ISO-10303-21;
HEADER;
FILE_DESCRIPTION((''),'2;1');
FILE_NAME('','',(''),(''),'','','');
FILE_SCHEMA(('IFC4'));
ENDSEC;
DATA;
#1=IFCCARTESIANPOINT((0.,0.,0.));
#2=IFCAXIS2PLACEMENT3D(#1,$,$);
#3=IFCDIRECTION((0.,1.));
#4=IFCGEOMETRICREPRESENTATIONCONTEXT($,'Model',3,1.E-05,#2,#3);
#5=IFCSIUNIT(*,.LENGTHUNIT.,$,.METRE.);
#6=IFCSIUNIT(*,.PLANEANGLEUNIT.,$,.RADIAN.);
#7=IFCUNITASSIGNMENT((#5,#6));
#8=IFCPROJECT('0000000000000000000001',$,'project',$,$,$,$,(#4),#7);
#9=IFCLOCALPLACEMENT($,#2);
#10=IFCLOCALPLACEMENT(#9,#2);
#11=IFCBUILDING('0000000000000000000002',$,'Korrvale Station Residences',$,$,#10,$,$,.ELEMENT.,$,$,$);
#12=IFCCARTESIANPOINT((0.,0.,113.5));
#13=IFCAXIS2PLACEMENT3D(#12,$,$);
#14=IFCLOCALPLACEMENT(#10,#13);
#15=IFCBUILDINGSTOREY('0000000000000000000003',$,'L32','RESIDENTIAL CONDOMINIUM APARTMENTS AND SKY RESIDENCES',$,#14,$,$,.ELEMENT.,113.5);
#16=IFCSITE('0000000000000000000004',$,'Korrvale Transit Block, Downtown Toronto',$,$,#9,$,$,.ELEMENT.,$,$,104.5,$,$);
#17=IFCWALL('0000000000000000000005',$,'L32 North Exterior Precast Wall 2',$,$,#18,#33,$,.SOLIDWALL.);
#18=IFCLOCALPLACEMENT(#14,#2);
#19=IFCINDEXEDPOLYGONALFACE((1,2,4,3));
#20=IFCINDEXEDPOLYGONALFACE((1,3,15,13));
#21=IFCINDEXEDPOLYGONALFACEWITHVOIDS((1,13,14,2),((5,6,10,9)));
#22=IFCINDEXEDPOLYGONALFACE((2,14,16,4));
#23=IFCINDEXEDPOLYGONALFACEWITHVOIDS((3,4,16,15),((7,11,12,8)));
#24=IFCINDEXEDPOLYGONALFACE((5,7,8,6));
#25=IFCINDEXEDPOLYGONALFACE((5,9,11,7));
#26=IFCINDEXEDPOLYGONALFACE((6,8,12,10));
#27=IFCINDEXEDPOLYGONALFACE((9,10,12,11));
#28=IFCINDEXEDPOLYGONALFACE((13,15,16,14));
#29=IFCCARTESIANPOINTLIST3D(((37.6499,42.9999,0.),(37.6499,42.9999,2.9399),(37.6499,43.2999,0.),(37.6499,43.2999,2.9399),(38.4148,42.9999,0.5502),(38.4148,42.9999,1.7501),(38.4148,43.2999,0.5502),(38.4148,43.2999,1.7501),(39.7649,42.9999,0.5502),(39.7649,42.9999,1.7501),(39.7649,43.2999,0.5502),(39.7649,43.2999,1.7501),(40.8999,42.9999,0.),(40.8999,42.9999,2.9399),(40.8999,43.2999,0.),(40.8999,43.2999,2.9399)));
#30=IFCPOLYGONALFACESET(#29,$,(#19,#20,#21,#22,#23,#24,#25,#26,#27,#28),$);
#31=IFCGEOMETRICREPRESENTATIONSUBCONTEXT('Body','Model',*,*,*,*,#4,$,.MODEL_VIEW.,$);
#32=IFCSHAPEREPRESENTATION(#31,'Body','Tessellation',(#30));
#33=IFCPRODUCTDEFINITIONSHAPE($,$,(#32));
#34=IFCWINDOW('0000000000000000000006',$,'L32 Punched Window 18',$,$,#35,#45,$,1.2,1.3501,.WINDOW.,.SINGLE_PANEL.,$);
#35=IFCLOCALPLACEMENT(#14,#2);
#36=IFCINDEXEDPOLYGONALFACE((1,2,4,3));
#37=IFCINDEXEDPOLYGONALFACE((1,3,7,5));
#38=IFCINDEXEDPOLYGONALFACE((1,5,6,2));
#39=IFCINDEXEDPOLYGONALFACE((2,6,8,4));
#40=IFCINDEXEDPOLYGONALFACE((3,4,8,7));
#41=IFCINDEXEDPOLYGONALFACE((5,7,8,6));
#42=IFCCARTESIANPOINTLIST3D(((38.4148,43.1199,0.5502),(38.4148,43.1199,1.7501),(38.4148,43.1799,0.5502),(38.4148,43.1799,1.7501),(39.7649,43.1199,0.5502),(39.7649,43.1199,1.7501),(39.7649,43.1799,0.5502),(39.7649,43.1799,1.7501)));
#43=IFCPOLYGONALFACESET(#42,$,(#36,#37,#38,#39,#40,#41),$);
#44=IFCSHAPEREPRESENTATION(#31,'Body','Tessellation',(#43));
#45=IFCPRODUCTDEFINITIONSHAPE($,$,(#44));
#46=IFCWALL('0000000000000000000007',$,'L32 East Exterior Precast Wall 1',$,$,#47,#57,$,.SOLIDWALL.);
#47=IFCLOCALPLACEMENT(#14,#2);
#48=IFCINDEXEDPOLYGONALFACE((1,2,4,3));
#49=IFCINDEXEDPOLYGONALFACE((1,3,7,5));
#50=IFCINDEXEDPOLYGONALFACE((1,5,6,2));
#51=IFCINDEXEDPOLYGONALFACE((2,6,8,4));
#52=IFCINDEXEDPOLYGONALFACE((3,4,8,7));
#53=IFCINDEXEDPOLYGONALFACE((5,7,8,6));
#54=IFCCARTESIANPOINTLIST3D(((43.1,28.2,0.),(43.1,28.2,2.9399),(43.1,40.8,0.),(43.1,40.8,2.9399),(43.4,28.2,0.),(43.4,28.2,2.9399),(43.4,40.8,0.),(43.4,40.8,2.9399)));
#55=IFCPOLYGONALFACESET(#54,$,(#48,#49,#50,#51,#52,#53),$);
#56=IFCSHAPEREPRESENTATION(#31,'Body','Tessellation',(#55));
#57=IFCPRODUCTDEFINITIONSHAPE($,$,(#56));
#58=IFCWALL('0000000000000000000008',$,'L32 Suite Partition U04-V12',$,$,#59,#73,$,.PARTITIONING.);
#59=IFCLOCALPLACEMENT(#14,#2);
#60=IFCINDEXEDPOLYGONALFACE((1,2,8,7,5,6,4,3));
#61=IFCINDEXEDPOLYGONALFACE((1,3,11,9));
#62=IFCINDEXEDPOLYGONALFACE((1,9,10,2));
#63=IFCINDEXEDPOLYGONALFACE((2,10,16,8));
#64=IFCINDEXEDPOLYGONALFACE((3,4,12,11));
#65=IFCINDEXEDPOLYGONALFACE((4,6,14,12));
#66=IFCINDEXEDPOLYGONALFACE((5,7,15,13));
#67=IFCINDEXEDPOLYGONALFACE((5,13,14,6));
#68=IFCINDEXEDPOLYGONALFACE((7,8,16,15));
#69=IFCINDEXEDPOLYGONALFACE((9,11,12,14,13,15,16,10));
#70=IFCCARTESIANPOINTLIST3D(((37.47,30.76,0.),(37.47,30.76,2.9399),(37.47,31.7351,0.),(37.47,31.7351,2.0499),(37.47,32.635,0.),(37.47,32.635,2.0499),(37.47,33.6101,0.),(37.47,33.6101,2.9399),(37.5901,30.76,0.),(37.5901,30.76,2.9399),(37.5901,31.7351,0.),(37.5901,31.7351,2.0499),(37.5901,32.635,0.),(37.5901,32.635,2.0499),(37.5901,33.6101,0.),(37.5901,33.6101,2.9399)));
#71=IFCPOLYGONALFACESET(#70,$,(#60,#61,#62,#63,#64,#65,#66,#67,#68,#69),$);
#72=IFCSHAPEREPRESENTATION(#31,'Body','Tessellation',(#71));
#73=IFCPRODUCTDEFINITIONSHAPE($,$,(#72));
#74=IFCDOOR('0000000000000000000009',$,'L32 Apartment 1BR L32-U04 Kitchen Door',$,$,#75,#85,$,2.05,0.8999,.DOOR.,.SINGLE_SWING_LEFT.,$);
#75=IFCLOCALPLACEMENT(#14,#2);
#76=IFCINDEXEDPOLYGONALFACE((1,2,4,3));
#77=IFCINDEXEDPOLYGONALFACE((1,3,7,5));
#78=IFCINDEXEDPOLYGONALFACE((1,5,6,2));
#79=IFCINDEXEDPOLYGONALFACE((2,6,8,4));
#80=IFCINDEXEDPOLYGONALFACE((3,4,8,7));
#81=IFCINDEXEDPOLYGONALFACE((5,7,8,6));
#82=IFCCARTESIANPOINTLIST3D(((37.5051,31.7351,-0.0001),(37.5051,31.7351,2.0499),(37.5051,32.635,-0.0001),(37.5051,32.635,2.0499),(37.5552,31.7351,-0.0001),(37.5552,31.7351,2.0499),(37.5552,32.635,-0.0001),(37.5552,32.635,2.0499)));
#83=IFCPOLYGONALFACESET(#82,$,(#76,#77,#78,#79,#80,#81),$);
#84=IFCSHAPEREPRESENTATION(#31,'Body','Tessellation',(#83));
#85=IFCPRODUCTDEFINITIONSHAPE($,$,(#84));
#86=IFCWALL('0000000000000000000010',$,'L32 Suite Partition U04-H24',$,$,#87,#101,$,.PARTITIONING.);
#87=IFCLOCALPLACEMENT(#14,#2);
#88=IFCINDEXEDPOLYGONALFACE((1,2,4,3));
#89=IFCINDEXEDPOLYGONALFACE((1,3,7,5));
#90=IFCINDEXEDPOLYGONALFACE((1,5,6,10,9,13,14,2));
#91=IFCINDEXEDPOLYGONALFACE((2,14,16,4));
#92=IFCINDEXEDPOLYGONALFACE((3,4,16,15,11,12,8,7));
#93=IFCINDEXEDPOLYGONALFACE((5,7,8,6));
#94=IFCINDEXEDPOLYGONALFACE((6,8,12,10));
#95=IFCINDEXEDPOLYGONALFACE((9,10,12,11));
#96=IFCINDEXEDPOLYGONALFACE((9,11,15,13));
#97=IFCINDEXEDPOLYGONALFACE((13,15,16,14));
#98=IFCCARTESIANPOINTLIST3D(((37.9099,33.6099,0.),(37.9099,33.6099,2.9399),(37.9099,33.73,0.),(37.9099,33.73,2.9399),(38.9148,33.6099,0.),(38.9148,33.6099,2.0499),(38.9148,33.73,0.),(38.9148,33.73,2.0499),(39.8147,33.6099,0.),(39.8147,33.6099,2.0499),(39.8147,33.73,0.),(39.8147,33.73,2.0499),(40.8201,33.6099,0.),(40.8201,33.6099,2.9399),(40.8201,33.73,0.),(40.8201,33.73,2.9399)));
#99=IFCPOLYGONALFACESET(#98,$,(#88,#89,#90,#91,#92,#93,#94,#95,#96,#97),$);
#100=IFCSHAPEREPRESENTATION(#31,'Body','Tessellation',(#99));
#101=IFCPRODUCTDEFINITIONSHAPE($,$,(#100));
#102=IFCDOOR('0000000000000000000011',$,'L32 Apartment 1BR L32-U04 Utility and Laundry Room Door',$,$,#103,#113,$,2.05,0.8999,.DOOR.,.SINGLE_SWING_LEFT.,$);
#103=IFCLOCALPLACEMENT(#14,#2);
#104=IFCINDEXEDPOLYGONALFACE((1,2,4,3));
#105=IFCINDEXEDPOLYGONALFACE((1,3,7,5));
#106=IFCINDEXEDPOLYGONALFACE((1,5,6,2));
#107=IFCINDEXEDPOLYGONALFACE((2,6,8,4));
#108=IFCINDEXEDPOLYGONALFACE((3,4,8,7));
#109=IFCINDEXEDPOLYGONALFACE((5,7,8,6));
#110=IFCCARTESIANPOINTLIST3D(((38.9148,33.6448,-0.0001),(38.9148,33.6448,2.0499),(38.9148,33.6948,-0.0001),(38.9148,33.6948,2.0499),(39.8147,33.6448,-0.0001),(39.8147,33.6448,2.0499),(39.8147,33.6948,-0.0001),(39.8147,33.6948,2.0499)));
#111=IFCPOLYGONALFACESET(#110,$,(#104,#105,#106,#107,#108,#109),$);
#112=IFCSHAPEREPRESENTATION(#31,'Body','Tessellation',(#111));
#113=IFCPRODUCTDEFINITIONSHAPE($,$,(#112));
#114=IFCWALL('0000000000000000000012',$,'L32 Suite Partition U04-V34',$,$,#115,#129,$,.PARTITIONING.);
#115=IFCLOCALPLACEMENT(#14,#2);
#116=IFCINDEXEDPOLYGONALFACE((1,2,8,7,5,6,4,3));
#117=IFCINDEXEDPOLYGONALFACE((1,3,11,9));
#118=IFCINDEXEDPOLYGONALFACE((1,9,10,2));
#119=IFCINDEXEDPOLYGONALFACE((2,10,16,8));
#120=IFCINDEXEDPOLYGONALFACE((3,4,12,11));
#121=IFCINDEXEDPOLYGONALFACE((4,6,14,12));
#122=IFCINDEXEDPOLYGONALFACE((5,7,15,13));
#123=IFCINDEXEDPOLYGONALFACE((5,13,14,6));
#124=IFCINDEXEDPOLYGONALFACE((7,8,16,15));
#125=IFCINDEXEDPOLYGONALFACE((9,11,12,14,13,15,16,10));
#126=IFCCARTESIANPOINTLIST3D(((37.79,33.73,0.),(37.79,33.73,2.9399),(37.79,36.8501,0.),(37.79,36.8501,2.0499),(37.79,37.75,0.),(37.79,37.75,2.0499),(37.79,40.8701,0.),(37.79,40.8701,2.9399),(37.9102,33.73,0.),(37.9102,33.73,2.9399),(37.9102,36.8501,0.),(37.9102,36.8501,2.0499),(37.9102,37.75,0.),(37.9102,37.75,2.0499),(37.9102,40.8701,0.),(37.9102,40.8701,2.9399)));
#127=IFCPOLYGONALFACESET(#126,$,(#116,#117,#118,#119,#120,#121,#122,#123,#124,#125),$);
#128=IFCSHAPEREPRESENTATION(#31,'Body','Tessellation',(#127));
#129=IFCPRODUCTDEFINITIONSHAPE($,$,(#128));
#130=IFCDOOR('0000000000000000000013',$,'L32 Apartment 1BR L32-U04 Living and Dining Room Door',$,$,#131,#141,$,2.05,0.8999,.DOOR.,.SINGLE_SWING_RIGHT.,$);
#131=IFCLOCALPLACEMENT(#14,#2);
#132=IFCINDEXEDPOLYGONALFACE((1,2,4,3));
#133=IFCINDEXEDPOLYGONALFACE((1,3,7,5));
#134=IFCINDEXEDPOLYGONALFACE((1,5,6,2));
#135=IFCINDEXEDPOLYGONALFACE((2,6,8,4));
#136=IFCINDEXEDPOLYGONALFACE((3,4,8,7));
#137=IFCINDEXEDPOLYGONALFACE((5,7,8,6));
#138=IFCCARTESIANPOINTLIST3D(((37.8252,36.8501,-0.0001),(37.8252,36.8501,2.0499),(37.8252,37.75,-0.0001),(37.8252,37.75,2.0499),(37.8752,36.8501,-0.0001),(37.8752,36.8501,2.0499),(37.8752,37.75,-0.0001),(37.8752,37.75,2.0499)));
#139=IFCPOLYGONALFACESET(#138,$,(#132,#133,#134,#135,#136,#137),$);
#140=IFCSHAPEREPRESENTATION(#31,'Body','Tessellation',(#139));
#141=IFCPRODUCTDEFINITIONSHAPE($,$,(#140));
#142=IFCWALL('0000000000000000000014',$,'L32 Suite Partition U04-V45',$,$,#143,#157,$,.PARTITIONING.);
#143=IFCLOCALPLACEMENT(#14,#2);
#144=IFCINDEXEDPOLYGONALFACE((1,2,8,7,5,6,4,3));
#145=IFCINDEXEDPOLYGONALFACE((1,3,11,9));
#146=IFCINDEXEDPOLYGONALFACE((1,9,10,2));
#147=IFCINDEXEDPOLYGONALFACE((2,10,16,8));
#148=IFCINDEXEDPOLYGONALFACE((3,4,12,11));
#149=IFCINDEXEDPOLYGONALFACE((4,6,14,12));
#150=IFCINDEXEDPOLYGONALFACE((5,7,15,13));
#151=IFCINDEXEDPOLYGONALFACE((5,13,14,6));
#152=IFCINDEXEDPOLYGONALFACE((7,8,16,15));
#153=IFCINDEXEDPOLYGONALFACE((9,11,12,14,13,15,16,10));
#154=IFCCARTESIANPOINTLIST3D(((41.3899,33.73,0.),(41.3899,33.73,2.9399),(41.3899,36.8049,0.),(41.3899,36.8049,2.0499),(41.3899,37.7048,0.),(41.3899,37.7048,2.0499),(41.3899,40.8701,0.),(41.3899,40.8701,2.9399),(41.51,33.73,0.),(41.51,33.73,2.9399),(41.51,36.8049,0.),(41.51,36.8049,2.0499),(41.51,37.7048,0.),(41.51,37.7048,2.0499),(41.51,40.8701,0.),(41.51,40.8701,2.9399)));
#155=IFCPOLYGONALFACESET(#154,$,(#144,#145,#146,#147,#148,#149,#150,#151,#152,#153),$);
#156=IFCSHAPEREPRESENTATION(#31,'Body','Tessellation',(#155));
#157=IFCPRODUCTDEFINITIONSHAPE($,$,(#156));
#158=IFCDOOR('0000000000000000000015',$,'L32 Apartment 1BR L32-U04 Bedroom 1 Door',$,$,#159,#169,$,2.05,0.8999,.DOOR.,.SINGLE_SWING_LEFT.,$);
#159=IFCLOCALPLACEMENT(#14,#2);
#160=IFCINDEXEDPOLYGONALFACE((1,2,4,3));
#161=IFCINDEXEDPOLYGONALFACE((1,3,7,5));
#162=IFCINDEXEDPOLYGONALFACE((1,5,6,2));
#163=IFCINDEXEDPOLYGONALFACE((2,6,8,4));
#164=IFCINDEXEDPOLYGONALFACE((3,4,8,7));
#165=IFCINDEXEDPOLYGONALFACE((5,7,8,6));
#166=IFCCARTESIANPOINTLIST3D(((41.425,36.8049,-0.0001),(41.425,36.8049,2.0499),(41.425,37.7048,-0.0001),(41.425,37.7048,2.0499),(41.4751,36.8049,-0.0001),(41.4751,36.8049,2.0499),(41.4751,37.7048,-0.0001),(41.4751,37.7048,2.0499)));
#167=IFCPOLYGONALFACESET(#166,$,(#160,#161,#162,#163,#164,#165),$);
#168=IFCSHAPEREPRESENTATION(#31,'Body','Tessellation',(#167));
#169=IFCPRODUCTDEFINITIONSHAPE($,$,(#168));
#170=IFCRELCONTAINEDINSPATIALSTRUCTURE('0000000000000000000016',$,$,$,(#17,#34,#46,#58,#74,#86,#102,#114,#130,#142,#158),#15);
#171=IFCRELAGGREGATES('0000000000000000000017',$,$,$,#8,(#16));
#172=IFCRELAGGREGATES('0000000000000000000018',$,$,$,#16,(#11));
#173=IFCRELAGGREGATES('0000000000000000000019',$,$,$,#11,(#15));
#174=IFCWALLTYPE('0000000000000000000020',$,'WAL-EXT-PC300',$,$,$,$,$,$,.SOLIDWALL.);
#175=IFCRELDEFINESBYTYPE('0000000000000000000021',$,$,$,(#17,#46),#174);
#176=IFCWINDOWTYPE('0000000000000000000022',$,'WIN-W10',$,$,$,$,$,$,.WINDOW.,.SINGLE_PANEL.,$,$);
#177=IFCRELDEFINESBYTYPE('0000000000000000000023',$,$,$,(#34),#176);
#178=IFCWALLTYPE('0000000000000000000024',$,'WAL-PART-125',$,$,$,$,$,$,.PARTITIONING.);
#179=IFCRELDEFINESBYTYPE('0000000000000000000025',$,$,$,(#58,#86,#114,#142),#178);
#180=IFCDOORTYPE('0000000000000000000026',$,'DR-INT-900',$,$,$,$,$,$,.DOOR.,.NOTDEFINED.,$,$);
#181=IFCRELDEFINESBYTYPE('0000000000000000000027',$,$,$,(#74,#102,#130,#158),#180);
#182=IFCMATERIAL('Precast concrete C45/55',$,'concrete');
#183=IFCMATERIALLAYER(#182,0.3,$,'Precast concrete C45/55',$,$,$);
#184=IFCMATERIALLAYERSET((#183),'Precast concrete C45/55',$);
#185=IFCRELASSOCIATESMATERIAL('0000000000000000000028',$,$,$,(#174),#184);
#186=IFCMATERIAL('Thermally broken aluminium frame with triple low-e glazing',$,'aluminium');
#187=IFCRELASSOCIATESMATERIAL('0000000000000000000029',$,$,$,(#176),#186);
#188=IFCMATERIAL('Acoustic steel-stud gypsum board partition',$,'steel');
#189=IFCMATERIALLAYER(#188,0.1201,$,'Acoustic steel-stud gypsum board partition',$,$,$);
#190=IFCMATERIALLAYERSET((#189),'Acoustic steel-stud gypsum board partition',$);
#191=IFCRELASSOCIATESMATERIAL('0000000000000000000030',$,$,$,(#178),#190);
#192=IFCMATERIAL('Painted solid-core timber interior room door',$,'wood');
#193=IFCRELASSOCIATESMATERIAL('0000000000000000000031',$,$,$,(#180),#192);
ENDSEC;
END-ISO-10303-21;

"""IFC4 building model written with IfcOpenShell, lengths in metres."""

from ifc_helpers import new_model, si_unit, direction, frame, frame_2d, origin, place, context, subcontext, project, spatial, rectangle, extrude, material, layer, layer_set, type_object, element, fill, save


model = new_model("IFC4")

# Units and contexts
model_context = context("Model", 3, precision=1e-05, world=origin(), true_north=direction((0.0, 1.0)))
body_context = subcontext(model_context, "Body", "Model", "MODEL_VIEW")
ifc_project = project(units=[si_unit("LENGTHUNIT", "METRE"), si_unit("PLANEANGLEUNIT", "RADIAN")], contexts=[model_context])

# Site, building, storey
site_placement = place(None, origin())
site = spatial("IfcSite", under=ifc_project, at=site_placement, Name="Korrvale Transit Block, Downtown Toronto", CompositionType="ELEMENT", RefElevation=104.5)
building_placement = place(site_placement, origin())
building = spatial("IfcBuilding", under=site, at=building_placement, Name="Korrvale Station Residences", CompositionType="ELEMENT")
storey_placement = place(building_placement, frame((0.0, 0.0, 113.5)))
storey = spatial("IfcBuildingStorey", under=building, at=storey_placement, Name="L32", Description="RESIDENTIAL CONDOMINIUM APARTMENTS AND SKY RESIDENCES", CompositionType="ELEMENT", Elevation=113.5)

# Shared definitions
ifc_material_1 = material(Name="Precast concrete C45/55", Category="concrete")

# Wall, opening, window
ifc_layer_1 = layer(ifc_material_1, 0.3, Name="Precast concrete C45/55")
ifc_layer_set_1 = layer_set([ifc_layer_1], Name="Precast concrete C45/55")
wall_type_1 = type_object("IfcWallType", Name="WAL-EXT-PC300", PredefinedType="SOLIDWALL", material=ifc_layer_set_1)
wall_1_placement = place(storey_placement, frame((37.6499, 43.1499, 0.0), z_axis=(0.0, 0.0, 1.0), x_axis=(1.0, 0.0, 0.0)))
wall_1 = element("IfcWall", 1, at=wall_1_placement, inside=storey, type_object=wall_type_1, Name="L32 North Exterior Precast Wall 2", PredefinedType="SOLIDWALL", context=body_context, shape_type="SweptSolid", body=[
    extrude(rectangle(XDim=3.25, YDim=0.3, at=frame_2d((1.625, 0.0))), origin(), (0.0, 0.0, 1.0), 2.9399),
])
opening_1_placement = place(wall_1_placement, frame((0.7649, 0.0, 0.55)))
opening_1 = element("IfcOpeningElement", 2, at=opening_1_placement, cuts=wall_1, PredefinedType="OPENING", context=body_context, shape_type="SweptSolid", body=[
    extrude(rectangle(XDim=1.3501, YDim=1.2, at=frame_2d((0.675, 0.6001))), frame((0.0, 0.1602, 0.0), z_axis=(0.0, -1.0, 0.0), x_axis=(1.0, 0.0, 0.0)), (0.0, 0.0, 1.0), 0.3201),
])
ifc_material_2 = material(Name="Thermally broken aluminium frame with triple low-e glazing", Category="aluminium")
window_type = type_object("IfcWindowType", Name="WIN-W10", PartitioningType="SINGLE_PANEL", PredefinedType="WINDOW", material=ifc_material_2)
window_placement = place(opening_1_placement, origin())
window = element("IfcWindow", 3, at=window_placement, inside=storey, type_object=window_type, Name="L32 Punched Window 18", OverallHeight=1.2, OverallWidth=1.3501, PartitioningType="SINGLE_PANEL", PredefinedType="WINDOW", context=body_context, shape_type="SweptSolid", body=[
    extrude(rectangle(XDim=1.3501, YDim=1.2, at=frame_2d((0.675, 0.6001))), frame((0.0, 0.03, 0.0), z_axis=(0.0, -1.0, 0.0), x_axis=(1.0, 0.0, 0.0)), (0.0, 0.0, 1.0), 0.0601),
])
fill(opening_1, window)

# Wall
wall_2_placement = place(storey_placement, frame((43.25, 40.8, 0.0), z_axis=(0.0, 0.0, 1.0), x_axis=(0.0, -1.0, 0.0)))
element("IfcWall", 4, at=wall_2_placement, inside=storey, type_object=wall_type_1, Name="L32 East Exterior Precast Wall 1", PredefinedType="SOLIDWALL", context=body_context, shape_type="SweptSolid", body=[
    extrude(rectangle(XDim=12.6001, YDim=0.3, at=frame_2d((6.3, 0.0))), origin(), (0.0, 0.0, 1.0), 2.9399),
])

# Walls, openings, doors
ifc_material_3 = material(Name="Acoustic steel-stud gypsum board partition", Category="steel")
ifc_layer_2 = layer(ifc_material_3, 0.1201, Name="Acoustic steel-stud gypsum board partition")
ifc_layer_set_2 = layer_set([ifc_layer_2], Name="Acoustic steel-stud gypsum board partition")
wall_type_2 = type_object("IfcWallType", Name="WAL-PART-125", PredefinedType="PARTITIONING", material=ifc_layer_set_2)
wall_3_placement = place(storey_placement, frame((37.53, 30.76, 0.0), z_axis=(0.0, 0.0, 1.0), x_axis=(0.0, 1.0, 0.0)))
wall_3 = element("IfcWall", 5, at=wall_3_placement, inside=storey, type_object=wall_type_2, Name="L32 Suite Partition U04-V12", PredefinedType="PARTITIONING", context=body_context, shape_type="SweptSolid", body=[
    extrude(rectangle(XDim=2.8501, YDim=0.1201, at=frame_2d((1.425, 0.0))), origin(), (0.0, 0.0, 1.0), 2.9399),
])
opening_2_placement = place(wall_3_placement, frame((0.9751, 0.0, 0.0)))
opening_2 = element("IfcOpeningElement", 6, at=opening_2_placement, cuts=wall_3, PredefinedType="OPENING", context=body_context, shape_type="SweptSolid", body=[
    extrude(rectangle(XDim=0.8999, YDim=2.05, at=frame_2d((0.45, 1.0249))), frame((0.0, 0.0701, 0.0), z_axis=(0.0, -1.0, 0.0), x_axis=(1.0, 0.0, 0.0)), (0.0, 0.0, 1.0), 0.1401),
])
ifc_material_4 = material(Name="Painted solid-core timber interior room door", Category="wood")
door_type = type_object("IfcDoorType", Name="DR-INT-900", OperationType="NOTDEFINED", PredefinedType="DOOR", material=ifc_material_4)
door_1_placement = place(opening_2_placement, origin())
door_1 = element("IfcDoor", 7, at=door_1_placement, inside=storey, type_object=door_type, Name="L32 Apartment 1BR L32-U04 Kitchen Door", OperationType="SINGLE_SWING_LEFT", OverallHeight=2.05, OverallWidth=0.8999, PredefinedType="DOOR", context=body_context, shape_type="SweptSolid", body=[
    extrude(rectangle(XDim=0.8999, YDim=2.05, at=frame_2d((0.45, 1.0249))), frame((0.0, 0.0249, 0.0), z_axis=(0.0, -1.0, 0.0), x_axis=(1.0, 0.0, 0.0)), (0.0, 0.0, 1.0), 0.05),
])
fill(opening_2, door_1)
wall_4_placement = place(storey_placement, frame((37.9099, 33.6699, 0.0), z_axis=(0.0, 0.0, 1.0), x_axis=(1.0, 0.0, 0.0)))
wall_4 = element("IfcWall", 8, at=wall_4_placement, inside=storey, type_object=wall_type_2, Name="L32 Suite Partition U04-H24", PredefinedType="PARTITIONING", context=body_context, shape_type="SweptSolid", body=[
    extrude(rectangle(XDim=2.9102, YDim=0.1201, at=frame_2d((1.4551, 0.0))), origin(), (0.0, 0.0, 1.0), 2.9399),
])
opening_3_placement = place(wall_4_placement, frame((1.0049, 0.0, 0.0)))
opening_3 = element("IfcOpeningElement", 9, at=opening_3_placement, cuts=wall_4, PredefinedType="OPENING", context=body_context, shape_type="SweptSolid", body=[
    extrude(rectangle(XDim=0.8999, YDim=2.05, at=frame_2d((0.45, 1.0249))), frame((0.0, 0.0701, 0.0), z_axis=(0.0, -1.0, 0.0), x_axis=(1.0, 0.0, 0.0)), (0.0, 0.0, 1.0), 0.1401),
])
door_2_placement = place(opening_3_placement, origin())
door_2 = element("IfcDoor", 10, at=door_2_placement, inside=storey, type_object=door_type, Name="L32 Apartment 1BR L32-U04 Utility and Laundry Room Door", OperationType="SINGLE_SWING_LEFT", OverallHeight=2.05, OverallWidth=0.8999, PredefinedType="DOOR", context=body_context, shape_type="SweptSolid", body=[
    extrude(rectangle(XDim=0.8999, YDim=2.05, at=frame_2d((0.45, 1.0249))), frame((0.0, 0.0249, 0.0), z_axis=(0.0, -1.0, 0.0), x_axis=(1.0, 0.0, 0.0)), (0.0, 0.0, 1.0), 0.05),
])
fill(opening_3, door_2)
wall_5_placement = place(storey_placement, frame((37.8501, 33.73, 0.0), z_axis=(0.0, 0.0, 1.0), x_axis=(0.0, 1.0, 0.0)))
wall_5 = element("IfcWall", 11, at=wall_5_placement, inside=storey, type_object=wall_type_2, Name="L32 Suite Partition U04-V34", PredefinedType="PARTITIONING", context=body_context, shape_type="SweptSolid", body=[
    extrude(rectangle(XDim=7.1401, YDim=0.1201, at=frame_2d((3.5701, 0.0))), origin(), (0.0, 0.0, 1.0), 2.9399),
])
opening_4_placement = place(wall_5_placement, frame((3.1201, 0.0, 0.0)))
opening_4 = element("IfcOpeningElement", 12, at=opening_4_placement, cuts=wall_5, PredefinedType="OPENING", context=body_context, shape_type="SweptSolid", body=[
    extrude(rectangle(XDim=0.8999, YDim=2.05, at=frame_2d((0.45, 1.0249))), frame((0.0, 0.0701, 0.0), z_axis=(0.0, -1.0, 0.0), x_axis=(1.0, 0.0, 0.0)), (0.0, 0.0, 1.0), 0.1401),
])
door_3_placement = place(opening_4_placement, origin())
door_3 = element("IfcDoor", 13, at=door_3_placement, inside=storey, type_object=door_type, Name="L32 Apartment 1BR L32-U04 Living and Dining Room Door", OperationType="SINGLE_SWING_RIGHT", OverallHeight=2.05, OverallWidth=0.8999, PredefinedType="DOOR", context=body_context, shape_type="SweptSolid", body=[
    extrude(rectangle(XDim=0.8999, YDim=2.05, at=frame_2d((0.45, 1.0249))), frame((0.0, 0.0249, 0.0), z_axis=(0.0, -1.0, 0.0), x_axis=(1.0, 0.0, 0.0)), (0.0, 0.0, 1.0), 0.05),
])
fill(opening_4, door_3)
wall_6_placement = place(storey_placement, frame((41.45, 33.73, 0.0), z_axis=(0.0, 0.0, 1.0), x_axis=(0.0, 1.0, 0.0)))
wall_6 = element("IfcWall", 14, at=wall_6_placement, inside=storey, type_object=wall_type_2, Name="L32 Suite Partition U04-V45", PredefinedType="PARTITIONING", context=body_context, shape_type="SweptSolid", body=[
    extrude(rectangle(XDim=7.1401, YDim=0.1201, at=frame_2d((3.5701, 0.0))), origin(), (0.0, 0.0, 1.0), 2.9399),
])
opening_5_placement = place(wall_6_placement, frame((3.075, 0.0, 0.0)))
opening_5 = element("IfcOpeningElement", 15, at=opening_5_placement, cuts=wall_6, PredefinedType="OPENING", context=body_context, shape_type="SweptSolid", body=[
    extrude(rectangle(XDim=0.8999, YDim=2.05, at=frame_2d((0.45, 1.0249))), frame((0.0, 0.0701, 0.0), z_axis=(0.0, -1.0, 0.0), x_axis=(1.0, 0.0, 0.0)), (0.0, 0.0, 1.0), 0.1401),
])
door_4_placement = place(opening_5_placement, origin())
door_4 = element("IfcDoor", 16, at=door_4_placement, inside=storey, type_object=door_type, Name="L32 Apartment 1BR L32-U04 Bedroom 1 Door", OperationType="SINGLE_SWING_LEFT", OverallHeight=2.05, OverallWidth=0.8999, PredefinedType="DOOR", context=body_context, shape_type="SweptSolid", body=[
    extrude(rectangle(XDim=0.8999, YDim=2.05, at=frame_2d((0.45, 1.0249))), frame((0.0, 0.0249, 0.0), z_axis=(0.0, -1.0, 0.0), x_axis=(1.0, 0.0, 0.0)), (0.0, 0.0, 1.0), 0.05),
])
fill(opening_5, door_4)

save(model, "model.ifc")
